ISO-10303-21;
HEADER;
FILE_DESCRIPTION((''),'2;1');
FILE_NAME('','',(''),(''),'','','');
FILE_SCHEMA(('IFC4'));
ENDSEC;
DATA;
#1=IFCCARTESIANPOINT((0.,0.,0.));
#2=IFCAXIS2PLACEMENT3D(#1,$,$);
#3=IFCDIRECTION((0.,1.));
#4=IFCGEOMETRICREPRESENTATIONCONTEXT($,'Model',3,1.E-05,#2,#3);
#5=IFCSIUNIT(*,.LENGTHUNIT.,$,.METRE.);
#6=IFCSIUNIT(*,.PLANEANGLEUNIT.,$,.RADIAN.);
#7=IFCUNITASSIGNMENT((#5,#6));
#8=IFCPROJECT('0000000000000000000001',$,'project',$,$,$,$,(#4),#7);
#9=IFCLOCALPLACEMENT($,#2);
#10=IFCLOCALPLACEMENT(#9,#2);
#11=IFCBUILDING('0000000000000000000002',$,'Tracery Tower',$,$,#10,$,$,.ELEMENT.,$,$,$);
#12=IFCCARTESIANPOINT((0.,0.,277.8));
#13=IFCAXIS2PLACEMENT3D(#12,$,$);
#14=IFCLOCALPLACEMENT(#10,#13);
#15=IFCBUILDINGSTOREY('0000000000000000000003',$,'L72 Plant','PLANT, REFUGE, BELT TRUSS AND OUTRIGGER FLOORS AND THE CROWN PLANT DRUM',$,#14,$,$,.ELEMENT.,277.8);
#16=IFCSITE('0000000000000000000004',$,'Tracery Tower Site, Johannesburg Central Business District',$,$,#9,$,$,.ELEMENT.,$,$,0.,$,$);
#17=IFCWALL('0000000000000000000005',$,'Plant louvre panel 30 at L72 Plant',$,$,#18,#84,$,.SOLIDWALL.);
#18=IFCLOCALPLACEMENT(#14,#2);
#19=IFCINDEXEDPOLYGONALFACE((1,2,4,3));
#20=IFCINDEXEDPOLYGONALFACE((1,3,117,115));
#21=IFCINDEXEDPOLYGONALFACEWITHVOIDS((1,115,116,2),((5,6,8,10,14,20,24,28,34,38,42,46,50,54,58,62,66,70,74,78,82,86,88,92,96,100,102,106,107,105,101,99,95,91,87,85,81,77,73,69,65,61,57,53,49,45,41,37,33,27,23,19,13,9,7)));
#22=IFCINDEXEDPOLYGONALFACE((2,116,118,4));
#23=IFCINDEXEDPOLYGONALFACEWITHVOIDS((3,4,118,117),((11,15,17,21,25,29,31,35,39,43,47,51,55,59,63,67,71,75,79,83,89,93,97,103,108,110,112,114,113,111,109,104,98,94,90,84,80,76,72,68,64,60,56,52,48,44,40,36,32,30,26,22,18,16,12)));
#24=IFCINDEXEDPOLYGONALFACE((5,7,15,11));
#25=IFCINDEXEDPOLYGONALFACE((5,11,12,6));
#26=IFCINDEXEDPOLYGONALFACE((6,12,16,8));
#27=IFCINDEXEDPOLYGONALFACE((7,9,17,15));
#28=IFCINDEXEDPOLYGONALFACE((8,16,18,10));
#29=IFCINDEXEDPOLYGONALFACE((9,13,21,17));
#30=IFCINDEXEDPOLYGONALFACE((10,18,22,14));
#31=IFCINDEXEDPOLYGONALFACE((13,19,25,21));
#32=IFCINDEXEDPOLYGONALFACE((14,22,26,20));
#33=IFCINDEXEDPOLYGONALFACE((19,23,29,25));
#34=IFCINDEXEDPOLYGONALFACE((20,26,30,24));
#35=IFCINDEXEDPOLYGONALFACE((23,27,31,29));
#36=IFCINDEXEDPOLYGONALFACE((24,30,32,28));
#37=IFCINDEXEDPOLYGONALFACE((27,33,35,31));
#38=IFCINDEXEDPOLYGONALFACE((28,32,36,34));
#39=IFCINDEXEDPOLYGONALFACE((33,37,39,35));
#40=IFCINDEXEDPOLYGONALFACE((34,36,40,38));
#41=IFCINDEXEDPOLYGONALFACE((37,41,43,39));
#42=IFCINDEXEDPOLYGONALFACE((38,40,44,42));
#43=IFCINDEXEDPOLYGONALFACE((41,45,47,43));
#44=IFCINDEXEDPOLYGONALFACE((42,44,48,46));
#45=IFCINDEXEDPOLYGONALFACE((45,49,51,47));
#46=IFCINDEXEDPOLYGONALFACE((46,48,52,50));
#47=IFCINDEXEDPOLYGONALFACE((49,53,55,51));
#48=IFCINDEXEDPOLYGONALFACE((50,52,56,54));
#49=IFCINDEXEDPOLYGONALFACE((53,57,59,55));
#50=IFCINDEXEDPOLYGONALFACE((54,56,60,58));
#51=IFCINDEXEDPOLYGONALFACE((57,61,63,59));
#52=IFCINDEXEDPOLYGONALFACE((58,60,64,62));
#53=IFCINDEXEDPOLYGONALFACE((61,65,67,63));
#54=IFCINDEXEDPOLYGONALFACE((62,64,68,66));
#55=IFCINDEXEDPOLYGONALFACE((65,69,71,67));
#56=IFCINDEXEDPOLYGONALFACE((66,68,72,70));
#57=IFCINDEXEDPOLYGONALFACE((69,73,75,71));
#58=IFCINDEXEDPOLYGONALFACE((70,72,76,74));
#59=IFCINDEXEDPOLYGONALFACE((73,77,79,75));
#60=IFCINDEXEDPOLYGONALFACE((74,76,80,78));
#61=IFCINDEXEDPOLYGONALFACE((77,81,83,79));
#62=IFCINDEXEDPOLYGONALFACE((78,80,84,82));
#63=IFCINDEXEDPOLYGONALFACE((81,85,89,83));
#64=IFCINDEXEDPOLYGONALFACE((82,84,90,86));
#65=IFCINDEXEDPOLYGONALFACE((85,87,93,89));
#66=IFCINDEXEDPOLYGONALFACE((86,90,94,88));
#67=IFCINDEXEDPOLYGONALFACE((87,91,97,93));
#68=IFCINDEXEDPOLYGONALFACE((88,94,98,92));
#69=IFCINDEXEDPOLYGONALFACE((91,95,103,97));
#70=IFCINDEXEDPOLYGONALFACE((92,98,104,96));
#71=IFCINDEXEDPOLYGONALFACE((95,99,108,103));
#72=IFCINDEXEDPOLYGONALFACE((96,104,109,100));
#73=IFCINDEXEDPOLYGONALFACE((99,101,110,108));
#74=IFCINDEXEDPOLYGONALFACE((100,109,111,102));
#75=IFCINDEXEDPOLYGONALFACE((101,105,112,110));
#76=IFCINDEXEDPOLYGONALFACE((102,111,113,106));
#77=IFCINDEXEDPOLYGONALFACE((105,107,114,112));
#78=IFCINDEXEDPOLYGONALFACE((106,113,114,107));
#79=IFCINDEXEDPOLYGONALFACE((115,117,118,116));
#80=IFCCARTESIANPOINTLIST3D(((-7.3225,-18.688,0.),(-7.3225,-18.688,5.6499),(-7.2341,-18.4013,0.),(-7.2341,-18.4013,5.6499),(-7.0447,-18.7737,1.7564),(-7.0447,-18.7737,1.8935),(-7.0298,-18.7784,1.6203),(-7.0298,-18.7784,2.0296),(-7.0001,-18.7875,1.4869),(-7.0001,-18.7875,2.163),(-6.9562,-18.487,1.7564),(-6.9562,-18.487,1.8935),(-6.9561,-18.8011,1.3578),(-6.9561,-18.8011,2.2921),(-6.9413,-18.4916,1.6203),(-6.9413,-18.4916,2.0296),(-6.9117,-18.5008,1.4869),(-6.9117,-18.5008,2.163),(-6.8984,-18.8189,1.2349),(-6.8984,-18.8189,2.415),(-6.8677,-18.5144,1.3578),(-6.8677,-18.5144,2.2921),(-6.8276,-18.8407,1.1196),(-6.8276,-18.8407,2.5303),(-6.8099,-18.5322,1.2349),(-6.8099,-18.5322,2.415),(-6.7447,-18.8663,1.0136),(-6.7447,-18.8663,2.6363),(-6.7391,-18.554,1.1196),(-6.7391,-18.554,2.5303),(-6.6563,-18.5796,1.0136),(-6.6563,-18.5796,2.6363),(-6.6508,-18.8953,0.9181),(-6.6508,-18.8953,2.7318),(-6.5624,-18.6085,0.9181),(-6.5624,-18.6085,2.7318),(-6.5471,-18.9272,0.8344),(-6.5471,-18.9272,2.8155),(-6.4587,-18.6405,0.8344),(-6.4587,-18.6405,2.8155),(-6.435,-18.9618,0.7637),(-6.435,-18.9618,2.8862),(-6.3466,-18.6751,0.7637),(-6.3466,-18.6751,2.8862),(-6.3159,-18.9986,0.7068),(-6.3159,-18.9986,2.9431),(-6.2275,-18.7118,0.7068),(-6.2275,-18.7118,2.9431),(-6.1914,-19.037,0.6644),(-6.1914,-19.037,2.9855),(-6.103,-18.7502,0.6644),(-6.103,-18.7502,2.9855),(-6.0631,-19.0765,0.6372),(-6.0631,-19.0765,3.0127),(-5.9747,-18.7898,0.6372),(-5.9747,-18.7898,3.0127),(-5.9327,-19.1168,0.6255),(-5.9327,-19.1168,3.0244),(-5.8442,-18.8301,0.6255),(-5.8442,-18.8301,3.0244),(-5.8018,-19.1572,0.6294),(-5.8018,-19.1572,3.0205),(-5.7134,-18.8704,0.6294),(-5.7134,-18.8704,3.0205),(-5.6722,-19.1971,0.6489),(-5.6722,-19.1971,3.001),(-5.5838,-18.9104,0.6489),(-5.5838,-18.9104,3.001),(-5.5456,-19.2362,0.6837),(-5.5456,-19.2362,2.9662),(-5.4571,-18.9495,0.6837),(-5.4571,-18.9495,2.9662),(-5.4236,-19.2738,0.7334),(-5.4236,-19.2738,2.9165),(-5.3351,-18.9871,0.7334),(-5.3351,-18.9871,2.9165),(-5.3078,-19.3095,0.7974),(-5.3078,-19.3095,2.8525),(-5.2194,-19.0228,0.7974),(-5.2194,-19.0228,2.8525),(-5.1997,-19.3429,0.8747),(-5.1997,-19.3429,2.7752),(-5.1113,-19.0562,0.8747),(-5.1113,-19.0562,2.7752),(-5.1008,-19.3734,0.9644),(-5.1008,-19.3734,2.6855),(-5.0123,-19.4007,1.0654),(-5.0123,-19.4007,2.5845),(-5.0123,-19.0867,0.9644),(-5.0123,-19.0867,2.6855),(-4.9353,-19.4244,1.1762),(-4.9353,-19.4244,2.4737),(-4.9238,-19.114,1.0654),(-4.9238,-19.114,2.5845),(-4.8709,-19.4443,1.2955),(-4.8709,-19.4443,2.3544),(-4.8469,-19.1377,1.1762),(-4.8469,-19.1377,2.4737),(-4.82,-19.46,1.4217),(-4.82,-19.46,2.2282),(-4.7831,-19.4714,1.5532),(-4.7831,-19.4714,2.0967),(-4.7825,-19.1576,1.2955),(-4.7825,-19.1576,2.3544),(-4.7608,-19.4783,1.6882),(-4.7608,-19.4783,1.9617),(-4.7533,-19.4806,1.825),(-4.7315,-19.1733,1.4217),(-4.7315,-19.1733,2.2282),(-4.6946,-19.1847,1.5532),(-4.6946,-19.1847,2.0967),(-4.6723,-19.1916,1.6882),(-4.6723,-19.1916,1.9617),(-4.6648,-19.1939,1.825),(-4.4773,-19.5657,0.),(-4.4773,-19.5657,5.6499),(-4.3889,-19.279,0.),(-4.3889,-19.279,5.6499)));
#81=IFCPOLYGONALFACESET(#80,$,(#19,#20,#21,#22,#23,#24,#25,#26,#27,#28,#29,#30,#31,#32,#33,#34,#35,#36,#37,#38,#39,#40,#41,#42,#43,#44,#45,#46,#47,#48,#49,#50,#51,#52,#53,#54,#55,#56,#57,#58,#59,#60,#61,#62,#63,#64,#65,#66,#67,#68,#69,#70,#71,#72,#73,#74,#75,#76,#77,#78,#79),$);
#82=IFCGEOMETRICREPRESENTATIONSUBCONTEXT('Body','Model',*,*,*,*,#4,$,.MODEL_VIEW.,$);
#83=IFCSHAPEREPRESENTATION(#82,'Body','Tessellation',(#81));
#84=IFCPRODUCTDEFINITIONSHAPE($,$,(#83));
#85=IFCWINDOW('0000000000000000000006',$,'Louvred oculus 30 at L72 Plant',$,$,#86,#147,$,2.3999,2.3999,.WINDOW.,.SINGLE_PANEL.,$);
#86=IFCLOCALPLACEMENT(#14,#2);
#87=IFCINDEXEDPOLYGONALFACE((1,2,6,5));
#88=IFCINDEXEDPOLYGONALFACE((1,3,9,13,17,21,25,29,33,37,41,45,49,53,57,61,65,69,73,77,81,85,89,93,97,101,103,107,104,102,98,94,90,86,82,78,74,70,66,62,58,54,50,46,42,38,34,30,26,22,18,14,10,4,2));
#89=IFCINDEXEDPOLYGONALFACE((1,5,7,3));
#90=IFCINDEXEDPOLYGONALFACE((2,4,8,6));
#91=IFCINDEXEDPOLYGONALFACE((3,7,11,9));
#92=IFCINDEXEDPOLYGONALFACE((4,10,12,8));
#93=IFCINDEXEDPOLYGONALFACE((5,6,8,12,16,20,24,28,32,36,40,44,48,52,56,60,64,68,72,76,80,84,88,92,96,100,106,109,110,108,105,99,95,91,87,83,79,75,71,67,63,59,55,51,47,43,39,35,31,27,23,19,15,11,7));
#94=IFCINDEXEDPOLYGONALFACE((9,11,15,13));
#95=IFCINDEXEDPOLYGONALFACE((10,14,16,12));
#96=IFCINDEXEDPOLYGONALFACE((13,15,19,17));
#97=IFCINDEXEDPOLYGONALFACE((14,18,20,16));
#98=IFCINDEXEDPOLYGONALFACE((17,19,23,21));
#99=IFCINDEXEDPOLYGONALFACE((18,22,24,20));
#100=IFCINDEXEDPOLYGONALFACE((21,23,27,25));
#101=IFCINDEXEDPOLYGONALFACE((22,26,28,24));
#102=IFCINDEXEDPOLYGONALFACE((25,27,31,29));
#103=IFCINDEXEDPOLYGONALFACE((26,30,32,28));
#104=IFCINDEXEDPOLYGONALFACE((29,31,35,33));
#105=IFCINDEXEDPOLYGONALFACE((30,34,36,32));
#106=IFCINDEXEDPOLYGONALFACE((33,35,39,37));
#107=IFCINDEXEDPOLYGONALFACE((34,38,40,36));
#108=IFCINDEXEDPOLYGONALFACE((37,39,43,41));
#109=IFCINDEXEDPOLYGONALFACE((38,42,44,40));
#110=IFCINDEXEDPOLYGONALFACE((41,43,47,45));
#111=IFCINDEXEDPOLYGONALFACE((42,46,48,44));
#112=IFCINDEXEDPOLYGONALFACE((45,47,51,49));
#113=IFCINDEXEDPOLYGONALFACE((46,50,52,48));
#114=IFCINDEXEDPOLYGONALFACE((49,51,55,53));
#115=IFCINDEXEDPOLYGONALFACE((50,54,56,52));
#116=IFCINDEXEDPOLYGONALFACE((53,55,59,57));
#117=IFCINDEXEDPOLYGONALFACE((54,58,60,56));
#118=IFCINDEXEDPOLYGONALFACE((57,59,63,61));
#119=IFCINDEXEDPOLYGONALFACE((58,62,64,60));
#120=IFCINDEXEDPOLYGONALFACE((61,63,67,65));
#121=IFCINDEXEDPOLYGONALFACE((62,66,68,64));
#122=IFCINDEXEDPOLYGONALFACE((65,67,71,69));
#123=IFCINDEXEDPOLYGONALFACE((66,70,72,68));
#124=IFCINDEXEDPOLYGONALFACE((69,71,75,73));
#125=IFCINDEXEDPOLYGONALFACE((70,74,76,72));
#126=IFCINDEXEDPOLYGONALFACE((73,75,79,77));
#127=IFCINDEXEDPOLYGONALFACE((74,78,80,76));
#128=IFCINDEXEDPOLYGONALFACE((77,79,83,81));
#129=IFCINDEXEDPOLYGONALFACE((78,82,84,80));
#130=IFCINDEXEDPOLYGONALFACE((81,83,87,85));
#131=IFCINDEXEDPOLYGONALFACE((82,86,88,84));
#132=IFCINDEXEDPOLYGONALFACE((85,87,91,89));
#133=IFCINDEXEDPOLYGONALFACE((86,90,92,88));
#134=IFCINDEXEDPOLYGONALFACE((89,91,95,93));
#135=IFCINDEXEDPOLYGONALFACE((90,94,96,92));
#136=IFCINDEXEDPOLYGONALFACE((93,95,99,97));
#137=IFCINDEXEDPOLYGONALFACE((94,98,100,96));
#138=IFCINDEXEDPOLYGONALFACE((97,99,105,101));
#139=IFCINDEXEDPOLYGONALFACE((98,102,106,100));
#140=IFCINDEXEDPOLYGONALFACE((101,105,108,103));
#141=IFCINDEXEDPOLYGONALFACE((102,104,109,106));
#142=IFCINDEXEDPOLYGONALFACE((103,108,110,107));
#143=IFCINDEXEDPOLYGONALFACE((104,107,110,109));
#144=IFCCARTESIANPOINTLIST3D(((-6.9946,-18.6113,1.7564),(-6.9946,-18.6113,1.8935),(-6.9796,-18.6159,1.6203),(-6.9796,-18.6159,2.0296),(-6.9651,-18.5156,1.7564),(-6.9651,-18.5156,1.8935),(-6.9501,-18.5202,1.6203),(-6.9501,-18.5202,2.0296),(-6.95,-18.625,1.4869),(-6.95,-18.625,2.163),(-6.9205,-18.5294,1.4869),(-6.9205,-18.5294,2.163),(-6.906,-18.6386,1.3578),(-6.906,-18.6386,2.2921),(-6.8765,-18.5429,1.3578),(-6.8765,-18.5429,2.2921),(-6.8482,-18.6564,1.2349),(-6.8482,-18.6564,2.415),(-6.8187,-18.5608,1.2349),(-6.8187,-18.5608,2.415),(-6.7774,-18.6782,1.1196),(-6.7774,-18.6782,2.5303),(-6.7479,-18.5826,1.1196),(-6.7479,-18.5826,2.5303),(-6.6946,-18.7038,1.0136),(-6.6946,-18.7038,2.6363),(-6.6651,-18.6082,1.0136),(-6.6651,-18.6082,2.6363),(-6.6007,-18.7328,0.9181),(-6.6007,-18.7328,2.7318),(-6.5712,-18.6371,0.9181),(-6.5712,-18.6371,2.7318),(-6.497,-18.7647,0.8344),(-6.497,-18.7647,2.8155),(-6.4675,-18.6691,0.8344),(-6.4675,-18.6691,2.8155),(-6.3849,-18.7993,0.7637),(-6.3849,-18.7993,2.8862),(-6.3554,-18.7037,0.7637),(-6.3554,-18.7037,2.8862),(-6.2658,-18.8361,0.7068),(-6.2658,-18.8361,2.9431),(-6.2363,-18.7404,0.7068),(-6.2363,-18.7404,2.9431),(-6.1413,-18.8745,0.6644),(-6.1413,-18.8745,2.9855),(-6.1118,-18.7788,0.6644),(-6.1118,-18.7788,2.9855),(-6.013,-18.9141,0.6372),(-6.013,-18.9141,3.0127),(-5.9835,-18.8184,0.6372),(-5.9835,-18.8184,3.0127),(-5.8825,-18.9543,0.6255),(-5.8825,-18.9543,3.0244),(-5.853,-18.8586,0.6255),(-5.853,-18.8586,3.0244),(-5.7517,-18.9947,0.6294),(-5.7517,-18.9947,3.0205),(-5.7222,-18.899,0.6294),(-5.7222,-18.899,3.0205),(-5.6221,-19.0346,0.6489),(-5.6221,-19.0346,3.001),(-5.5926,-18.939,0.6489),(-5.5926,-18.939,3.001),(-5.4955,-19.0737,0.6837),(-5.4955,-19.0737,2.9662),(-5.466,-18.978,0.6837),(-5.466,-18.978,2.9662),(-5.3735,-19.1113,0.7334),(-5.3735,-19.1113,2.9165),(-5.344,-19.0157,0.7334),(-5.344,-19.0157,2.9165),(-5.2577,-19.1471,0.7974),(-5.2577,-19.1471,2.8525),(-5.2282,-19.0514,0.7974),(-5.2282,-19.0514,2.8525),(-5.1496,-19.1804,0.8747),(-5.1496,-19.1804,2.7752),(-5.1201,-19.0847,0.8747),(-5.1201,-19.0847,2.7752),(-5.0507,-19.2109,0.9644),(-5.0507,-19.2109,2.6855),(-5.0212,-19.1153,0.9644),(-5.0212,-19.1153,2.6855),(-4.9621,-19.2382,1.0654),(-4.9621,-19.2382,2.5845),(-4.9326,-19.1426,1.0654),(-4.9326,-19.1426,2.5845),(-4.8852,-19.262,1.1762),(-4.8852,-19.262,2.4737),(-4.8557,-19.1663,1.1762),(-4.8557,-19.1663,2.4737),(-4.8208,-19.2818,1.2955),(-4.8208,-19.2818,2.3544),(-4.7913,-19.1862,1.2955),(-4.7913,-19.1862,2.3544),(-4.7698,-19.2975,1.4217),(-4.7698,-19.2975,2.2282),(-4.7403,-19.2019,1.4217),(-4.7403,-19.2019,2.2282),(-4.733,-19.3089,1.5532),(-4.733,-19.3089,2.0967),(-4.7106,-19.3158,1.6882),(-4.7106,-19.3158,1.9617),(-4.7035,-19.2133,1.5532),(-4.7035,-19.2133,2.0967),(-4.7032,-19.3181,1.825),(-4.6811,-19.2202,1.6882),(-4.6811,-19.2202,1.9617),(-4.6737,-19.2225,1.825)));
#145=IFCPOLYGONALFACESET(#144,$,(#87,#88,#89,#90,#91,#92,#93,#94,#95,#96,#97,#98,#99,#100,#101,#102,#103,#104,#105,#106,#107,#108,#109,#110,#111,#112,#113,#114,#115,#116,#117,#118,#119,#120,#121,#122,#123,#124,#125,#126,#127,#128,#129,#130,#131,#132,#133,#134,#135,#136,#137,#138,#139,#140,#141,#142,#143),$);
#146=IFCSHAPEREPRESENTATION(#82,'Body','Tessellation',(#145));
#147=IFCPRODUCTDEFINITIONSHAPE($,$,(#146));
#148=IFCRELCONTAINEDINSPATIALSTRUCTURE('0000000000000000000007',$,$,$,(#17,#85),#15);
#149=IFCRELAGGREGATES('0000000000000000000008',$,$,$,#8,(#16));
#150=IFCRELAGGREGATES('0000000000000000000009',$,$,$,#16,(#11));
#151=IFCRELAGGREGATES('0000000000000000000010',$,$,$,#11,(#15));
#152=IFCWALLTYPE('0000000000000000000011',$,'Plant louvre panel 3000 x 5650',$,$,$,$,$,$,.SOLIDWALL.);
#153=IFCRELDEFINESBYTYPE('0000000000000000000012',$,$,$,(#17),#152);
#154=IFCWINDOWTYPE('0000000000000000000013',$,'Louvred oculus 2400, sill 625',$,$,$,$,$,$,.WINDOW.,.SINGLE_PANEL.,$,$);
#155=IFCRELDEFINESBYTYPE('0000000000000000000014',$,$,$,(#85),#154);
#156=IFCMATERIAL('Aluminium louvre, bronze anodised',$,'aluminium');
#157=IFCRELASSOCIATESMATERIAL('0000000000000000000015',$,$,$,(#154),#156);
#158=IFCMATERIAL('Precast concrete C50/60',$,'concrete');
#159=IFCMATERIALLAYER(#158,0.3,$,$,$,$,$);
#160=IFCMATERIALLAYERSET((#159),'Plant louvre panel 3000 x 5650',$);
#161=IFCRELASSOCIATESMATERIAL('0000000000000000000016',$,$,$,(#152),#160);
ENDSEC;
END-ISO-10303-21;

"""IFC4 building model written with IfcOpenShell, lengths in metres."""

from ifc_helpers import new_model, si_unit, direction, frame, frame_2d, origin, origin_2d, place, context, subcontext, project, spatial, rectangle, circle, extrude, material, layer, layer_set, type_object, element, fill, save


model = new_model("IFC4")

# Units and contexts
model_context = context("Model", 3, precision=1e-05, world=origin(), true_north=direction((0.0, 1.0)))
body_context = subcontext(model_context, "Body", "Model", "MODEL_VIEW")
ifc_project = project(units=[si_unit("LENGTHUNIT", "METRE"), si_unit("PLANEANGLEUNIT", "RADIAN")], contexts=[model_context])

# Site, building, storey
site_placement = place(None, origin())
site = spatial("IfcSite", under=ifc_project, at=site_placement, Name="Tracery Tower Site, Johannesburg Central Business District", CompositionType="ELEMENT", RefElevation=0.0)
building_placement = place(site_placement, origin())
building = spatial("IfcBuilding", under=site, at=building_placement, Name="Tracery Tower", CompositionType="ELEMENT")
storey_placement = place(building_placement, frame((0.0, 0.0, 277.8)))
storey = spatial("IfcBuildingStorey", under=building, at=storey_placement, Name="L72 Plant", Description="PLANT, REFUGE, BELT TRUSS AND OUTRIGGER FLOORS AND THE CROWN PLANT DRUM", CompositionType="ELEMENT", Elevation=277.8)

# Wall, opening, window
ifc_material_1 = material(Name="Aluminium louvre, bronze anodised", Category="aluminium")
window_type = type_object("IfcWindowType", Name="Louvred oculus 2400, sill 625", PartitioningType="SINGLE_PANEL", PredefinedType="WINDOW", material=ifc_material_1)
ifc_material_2 = material(Name="Precast concrete C50/60", Category="concrete")
ifc_layer_1 = layer(ifc_material_2, 0.3)
ifc_layer_set_1 = layer_set([ifc_layer_1], Name="Plant louvre panel 3000 x 5650")
wall_type_1 = type_object("IfcWallType", Name="Plant louvre panel 3000 x 5650", PredefinedType="SOLIDWALL", material=ifc_layer_set_1)
wall_1_placement = place(storey_placement, frame((-7.2783, -18.5447, 0.0), z_axis=(0.0, 0.0, 1.0), x_axis=(0.955568, -0.294771, 0.0)))
wall_1 = element("IfcWall", 1, at=wall_1_placement, inside=storey, type_object=wall_type_1, Name="Plant louvre panel 30 at L72 Plant", PredefinedType="SOLIDWALL", context=body_context, shape_type="SweptSolid", body=[
    extrude(rectangle(XDim=2.9775, YDim=0.3, at=frame_2d((1.4888, 0.0))), origin(), (0.0, 0.0, 1.0), 5.6499),
])
opening_1_placement = place(wall_1_placement, frame((1.4888, 0.0, 1.825)))
opening_1 = element("IfcOpeningElement", 2, at=opening_1_placement, cuts=wall_1, PredefinedType="OPENING", context=body_context, shape_type="SweptSolid", body=[
    extrude(circle(Radius=1.2, at=origin_2d()), frame((0.0, 0.1599, 0.0), z_axis=(0.0, -1.0, 0.0), x_axis=(1.0, 0.0, 0.0)), (0.0, 0.0, 1.0), 0.3201),
])
window_1_placement = place(opening_1_placement, origin())
window_1 = element("IfcWindow", 3, at=window_1_placement, inside=storey, type_object=window_type, Name="Louvred oculus 30 at L72 Plant", OverallHeight=2.3999, OverallWidth=2.3999, PartitioningType="SINGLE_PANEL", PredefinedType="WINDOW", context=body_context, shape_type="SweptSolid", body=[
    extrude(circle(Radius=1.2, at=origin_2d()), frame((0.0, 0.1201, 0.0), z_axis=(0.0, -1.0, 0.0), x_axis=(1.0, 0.0, 0.0)), (0.0, 0.0, 1.0), 0.1001),
])
fill(opening_1, window_1)

save(model, "model.ifc")
